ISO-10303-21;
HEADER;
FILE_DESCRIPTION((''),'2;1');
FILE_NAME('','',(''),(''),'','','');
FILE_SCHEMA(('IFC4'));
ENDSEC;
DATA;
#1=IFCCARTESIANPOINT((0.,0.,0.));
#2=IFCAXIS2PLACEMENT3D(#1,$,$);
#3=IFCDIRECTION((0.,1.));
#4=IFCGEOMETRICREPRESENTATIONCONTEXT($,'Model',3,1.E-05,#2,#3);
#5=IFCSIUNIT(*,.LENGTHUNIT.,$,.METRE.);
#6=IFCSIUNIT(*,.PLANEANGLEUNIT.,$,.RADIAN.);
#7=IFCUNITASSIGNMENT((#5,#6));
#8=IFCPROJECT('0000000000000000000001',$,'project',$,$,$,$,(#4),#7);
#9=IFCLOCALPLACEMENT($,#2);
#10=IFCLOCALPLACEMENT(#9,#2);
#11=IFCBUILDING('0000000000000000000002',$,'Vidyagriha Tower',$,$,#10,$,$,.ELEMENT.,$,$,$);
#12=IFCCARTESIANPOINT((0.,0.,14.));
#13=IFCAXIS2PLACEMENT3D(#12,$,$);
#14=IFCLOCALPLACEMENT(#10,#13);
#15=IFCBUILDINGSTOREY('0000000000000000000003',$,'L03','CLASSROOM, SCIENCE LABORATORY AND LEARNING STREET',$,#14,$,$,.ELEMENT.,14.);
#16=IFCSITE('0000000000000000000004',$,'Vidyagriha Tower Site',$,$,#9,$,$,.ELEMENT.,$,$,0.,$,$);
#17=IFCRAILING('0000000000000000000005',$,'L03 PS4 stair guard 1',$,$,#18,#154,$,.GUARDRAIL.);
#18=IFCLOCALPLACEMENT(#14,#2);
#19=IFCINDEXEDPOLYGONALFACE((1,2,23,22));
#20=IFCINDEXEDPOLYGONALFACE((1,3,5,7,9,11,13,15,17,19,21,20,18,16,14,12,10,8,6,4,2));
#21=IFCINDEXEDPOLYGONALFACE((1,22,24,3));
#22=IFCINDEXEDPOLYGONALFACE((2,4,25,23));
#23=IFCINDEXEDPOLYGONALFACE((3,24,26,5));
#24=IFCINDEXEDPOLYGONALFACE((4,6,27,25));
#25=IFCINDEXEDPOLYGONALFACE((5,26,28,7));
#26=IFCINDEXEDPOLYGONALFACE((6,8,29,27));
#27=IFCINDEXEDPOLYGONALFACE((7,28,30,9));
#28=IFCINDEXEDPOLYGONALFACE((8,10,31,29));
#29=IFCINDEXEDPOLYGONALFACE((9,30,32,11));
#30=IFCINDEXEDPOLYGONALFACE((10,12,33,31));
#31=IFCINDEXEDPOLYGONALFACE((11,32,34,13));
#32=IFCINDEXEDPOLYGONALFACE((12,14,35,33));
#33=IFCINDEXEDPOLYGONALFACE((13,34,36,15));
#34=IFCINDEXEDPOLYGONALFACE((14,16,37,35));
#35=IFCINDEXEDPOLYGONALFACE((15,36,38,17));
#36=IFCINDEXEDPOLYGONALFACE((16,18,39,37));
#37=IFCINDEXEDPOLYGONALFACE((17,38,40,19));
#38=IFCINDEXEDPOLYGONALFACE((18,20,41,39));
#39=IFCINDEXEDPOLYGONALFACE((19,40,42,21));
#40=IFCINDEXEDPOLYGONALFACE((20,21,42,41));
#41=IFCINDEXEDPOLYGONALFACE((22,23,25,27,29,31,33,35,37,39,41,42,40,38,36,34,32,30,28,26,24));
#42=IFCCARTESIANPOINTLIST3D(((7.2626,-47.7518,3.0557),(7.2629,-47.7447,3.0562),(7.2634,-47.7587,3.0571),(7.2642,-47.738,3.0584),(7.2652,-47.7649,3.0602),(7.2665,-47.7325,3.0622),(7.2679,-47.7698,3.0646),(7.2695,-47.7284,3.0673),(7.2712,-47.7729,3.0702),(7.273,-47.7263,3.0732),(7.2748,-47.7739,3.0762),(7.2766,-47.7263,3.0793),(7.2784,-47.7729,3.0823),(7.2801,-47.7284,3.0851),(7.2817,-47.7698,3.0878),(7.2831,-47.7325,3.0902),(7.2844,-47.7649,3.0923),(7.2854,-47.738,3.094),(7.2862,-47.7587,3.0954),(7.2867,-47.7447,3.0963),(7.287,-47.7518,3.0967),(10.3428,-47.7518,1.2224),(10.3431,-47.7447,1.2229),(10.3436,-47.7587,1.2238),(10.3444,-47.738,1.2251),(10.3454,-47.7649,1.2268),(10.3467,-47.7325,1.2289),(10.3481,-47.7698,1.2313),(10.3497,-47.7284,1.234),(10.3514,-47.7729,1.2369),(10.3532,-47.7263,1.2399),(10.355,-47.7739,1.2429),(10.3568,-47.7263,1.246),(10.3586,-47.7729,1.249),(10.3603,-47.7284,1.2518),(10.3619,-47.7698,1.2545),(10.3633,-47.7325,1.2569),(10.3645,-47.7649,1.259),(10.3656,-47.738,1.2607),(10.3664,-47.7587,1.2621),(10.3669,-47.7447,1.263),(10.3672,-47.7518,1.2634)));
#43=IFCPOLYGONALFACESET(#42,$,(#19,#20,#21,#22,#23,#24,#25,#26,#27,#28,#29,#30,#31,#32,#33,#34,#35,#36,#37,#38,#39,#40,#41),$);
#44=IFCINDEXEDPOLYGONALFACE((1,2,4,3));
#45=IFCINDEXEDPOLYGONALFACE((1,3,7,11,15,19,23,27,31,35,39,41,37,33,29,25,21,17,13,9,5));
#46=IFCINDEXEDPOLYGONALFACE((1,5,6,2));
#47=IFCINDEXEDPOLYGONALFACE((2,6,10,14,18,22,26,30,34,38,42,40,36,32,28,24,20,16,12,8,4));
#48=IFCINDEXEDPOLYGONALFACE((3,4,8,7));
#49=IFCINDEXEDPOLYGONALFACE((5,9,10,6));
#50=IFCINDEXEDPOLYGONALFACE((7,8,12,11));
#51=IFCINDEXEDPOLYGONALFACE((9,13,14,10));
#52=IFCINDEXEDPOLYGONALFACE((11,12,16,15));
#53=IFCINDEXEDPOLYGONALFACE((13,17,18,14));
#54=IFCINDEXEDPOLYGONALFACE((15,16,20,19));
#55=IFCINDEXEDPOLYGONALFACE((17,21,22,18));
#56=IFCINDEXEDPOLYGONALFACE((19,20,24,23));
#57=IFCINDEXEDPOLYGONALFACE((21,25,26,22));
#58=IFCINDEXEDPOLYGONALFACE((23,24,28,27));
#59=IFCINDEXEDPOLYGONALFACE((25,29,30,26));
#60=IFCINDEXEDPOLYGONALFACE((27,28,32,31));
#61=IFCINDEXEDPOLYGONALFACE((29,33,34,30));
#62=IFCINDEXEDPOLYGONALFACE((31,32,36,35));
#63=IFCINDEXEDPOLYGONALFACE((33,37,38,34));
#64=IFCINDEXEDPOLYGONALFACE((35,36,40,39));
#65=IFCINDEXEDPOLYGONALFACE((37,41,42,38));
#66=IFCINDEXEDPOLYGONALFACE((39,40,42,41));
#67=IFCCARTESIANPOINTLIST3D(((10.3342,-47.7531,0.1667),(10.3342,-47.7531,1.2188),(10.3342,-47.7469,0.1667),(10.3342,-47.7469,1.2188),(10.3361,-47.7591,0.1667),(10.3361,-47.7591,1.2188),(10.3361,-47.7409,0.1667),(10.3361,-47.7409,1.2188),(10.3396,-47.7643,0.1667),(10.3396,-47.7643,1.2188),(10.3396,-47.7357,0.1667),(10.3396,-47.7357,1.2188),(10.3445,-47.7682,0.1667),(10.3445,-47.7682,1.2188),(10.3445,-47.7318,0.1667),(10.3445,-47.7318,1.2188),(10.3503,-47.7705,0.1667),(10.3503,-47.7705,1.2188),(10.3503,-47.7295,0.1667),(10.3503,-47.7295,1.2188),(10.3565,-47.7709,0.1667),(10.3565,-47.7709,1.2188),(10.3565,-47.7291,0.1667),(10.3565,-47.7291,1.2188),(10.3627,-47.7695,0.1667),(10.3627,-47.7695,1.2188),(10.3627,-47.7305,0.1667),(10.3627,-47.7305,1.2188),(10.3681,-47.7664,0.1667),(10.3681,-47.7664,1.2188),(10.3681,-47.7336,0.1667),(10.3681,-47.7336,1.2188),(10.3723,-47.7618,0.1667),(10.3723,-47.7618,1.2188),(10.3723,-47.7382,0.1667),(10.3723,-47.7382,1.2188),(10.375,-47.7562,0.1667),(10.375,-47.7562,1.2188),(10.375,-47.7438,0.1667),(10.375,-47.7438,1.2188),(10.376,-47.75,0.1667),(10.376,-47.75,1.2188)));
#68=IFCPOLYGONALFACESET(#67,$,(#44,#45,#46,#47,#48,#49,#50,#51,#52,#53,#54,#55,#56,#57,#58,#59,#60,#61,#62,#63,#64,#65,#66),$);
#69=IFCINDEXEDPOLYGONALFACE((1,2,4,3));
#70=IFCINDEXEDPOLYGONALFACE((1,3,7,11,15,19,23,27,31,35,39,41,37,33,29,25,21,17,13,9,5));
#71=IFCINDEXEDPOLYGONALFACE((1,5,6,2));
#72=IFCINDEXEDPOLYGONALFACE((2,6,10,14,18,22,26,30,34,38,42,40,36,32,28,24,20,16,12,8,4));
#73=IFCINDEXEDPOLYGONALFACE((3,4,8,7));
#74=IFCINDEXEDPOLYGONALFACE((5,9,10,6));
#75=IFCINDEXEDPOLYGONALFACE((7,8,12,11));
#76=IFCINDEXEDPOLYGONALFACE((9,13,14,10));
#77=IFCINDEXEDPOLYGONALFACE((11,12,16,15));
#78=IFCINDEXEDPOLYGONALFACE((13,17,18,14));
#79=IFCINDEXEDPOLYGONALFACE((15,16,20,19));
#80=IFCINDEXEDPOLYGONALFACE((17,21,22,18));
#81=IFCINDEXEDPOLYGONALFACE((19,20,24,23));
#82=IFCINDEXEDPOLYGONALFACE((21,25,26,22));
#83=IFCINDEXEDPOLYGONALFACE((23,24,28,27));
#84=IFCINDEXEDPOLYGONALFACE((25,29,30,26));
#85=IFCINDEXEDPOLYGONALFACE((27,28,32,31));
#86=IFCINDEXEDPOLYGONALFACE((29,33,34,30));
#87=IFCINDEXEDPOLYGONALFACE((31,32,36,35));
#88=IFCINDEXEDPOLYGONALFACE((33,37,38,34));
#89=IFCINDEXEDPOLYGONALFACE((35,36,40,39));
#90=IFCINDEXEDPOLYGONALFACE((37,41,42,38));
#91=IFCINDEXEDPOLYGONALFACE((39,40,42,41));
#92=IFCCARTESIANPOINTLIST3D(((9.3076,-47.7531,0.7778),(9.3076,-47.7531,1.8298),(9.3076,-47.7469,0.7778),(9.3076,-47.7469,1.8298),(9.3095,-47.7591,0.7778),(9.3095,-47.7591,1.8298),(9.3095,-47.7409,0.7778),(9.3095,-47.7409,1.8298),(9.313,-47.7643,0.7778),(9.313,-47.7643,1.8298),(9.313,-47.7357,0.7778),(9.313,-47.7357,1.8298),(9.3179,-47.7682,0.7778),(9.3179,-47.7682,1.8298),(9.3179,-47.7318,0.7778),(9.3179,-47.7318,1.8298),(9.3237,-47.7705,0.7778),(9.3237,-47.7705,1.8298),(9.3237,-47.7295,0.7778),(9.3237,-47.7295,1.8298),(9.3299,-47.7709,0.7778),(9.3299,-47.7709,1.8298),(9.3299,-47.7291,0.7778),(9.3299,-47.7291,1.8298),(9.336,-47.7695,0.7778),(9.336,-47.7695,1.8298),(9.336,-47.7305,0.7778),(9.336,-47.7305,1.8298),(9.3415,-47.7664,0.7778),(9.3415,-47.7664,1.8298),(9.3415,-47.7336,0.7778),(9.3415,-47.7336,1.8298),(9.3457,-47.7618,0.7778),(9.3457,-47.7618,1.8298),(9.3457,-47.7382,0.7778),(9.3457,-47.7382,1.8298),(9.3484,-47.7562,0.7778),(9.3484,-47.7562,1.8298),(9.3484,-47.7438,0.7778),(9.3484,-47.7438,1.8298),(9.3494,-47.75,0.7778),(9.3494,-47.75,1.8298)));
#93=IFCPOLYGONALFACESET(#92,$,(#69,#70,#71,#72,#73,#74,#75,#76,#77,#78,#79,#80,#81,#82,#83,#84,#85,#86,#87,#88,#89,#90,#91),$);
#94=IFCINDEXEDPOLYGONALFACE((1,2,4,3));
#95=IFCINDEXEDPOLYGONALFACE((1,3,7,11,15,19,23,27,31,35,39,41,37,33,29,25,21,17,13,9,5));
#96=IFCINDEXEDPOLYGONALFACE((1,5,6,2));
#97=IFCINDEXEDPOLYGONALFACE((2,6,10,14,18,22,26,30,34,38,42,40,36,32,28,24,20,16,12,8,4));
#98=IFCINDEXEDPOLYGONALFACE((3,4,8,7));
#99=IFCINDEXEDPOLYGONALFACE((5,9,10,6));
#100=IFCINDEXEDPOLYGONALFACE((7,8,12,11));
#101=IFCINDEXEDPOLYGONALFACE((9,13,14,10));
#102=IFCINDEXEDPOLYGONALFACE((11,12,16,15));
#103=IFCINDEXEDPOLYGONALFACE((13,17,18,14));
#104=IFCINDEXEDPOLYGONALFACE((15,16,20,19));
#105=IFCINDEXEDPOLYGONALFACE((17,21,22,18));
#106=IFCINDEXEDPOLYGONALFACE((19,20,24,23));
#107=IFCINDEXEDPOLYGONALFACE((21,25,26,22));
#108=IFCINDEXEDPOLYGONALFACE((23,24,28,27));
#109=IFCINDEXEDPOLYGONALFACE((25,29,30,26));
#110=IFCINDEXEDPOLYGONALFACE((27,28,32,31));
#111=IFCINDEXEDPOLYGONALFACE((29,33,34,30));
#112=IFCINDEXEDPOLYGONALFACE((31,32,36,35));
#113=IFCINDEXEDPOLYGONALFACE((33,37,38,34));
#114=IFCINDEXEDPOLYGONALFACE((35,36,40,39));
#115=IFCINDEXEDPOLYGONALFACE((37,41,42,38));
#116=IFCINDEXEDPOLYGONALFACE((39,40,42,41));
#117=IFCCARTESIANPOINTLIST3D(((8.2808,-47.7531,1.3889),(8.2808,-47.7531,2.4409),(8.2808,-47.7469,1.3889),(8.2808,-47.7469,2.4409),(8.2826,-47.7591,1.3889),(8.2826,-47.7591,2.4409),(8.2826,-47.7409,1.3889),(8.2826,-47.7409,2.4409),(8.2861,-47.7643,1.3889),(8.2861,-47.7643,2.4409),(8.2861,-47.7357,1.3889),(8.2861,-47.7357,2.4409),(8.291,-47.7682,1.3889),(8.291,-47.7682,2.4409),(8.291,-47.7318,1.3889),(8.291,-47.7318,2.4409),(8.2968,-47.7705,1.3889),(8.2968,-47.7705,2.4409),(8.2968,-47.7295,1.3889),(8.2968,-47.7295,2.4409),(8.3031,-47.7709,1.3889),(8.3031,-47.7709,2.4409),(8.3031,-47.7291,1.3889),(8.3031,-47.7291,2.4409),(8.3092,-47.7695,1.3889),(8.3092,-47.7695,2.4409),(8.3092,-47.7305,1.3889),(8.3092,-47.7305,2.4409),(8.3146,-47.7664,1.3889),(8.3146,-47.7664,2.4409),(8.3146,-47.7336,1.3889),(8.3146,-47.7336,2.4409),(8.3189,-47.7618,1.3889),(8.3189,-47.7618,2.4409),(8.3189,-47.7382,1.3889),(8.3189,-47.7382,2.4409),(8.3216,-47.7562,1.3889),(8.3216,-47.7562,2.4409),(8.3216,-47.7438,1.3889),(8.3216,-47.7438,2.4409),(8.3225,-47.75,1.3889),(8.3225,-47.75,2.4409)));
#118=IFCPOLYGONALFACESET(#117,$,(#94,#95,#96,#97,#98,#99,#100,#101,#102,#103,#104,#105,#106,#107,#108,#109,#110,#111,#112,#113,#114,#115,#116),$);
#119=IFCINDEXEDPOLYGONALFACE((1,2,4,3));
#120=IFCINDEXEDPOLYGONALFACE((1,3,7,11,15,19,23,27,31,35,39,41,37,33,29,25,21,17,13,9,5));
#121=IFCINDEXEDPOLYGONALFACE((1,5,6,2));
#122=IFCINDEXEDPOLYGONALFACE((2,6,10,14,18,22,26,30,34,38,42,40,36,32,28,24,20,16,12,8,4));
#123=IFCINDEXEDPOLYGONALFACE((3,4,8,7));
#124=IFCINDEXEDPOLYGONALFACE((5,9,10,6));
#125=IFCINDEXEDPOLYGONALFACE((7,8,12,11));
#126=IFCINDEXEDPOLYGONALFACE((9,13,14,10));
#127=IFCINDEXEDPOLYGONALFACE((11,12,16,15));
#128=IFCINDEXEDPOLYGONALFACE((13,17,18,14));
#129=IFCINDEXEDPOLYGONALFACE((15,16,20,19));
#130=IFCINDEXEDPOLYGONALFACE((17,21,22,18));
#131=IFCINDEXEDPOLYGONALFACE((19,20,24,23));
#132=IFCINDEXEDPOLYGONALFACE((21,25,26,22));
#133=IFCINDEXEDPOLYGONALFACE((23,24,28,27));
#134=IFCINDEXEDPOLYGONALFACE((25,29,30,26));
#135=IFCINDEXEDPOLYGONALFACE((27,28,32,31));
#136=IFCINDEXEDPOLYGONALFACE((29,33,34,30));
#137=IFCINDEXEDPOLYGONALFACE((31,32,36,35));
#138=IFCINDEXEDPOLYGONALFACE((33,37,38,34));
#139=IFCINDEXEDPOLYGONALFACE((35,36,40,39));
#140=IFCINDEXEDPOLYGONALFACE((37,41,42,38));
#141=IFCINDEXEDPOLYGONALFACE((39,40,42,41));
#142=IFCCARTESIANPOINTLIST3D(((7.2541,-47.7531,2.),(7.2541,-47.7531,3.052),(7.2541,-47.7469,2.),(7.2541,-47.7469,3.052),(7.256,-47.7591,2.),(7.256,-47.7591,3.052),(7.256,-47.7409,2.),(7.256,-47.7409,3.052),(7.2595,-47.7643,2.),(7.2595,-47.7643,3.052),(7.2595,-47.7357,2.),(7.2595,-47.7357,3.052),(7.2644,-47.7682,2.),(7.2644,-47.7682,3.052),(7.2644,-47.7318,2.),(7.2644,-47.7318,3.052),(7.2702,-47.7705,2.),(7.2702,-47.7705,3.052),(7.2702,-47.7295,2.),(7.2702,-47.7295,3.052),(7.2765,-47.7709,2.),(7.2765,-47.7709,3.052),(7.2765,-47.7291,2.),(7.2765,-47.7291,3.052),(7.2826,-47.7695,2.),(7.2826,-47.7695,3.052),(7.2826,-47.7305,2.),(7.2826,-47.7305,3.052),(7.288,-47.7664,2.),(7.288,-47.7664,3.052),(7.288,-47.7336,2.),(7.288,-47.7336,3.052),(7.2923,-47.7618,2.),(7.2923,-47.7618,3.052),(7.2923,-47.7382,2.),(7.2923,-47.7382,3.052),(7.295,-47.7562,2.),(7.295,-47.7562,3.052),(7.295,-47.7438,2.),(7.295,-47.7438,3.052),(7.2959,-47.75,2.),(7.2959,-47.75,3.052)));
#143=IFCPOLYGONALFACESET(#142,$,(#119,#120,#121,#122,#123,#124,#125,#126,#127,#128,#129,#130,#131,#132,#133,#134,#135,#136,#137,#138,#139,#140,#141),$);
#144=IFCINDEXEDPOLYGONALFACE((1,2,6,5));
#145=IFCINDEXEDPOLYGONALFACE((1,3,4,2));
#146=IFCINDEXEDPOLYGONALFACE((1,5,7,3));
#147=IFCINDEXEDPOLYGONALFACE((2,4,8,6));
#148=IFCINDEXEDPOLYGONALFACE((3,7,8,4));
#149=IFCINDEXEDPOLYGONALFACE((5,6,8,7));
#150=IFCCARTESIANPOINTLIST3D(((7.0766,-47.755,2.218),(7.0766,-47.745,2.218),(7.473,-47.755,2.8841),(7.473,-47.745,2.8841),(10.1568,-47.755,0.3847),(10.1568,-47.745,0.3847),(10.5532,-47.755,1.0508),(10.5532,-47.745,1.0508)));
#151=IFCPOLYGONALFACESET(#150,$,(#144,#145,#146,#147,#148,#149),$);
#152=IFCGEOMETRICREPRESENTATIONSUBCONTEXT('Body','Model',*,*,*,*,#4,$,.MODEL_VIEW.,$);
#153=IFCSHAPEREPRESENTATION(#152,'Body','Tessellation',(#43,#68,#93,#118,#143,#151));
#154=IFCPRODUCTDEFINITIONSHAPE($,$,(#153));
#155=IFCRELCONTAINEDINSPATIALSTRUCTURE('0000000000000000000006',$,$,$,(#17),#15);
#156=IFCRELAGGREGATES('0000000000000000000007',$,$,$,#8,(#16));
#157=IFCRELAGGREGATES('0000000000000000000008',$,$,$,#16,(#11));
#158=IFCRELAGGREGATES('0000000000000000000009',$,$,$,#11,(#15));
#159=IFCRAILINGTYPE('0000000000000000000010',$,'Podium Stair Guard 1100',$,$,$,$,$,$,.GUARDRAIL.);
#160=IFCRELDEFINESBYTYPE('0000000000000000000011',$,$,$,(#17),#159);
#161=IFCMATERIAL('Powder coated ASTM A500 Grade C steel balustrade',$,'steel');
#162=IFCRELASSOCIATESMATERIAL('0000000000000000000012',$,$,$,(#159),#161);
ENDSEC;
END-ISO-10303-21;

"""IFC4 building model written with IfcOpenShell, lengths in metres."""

from ifc_helpers import new_model, si_unit, direction, frame, origin, origin_2d, place, context, subcontext, project, spatial, rectangle, circle, extrude, material, type_object, element, save


model = new_model("IFC4")

# Units and contexts
model_context = context("Model", 3, precision=1e-05, world=origin(), true_north=direction((0.0, 1.0)))
body_context = subcontext(model_context, "Body", "Model", "MODEL_VIEW")
ifc_project = project(units=[si_unit("LENGTHUNIT", "METRE"), si_unit("PLANEANGLEUNIT", "RADIAN")], contexts=[model_context])

# Site, building, storey
site_placement = place(None, origin())
site = spatial("IfcSite", under=ifc_project, at=site_placement, Name="Vidyagriha Tower Site", CompositionType="ELEMENT", RefElevation=0.0)
building_placement = place(site_placement, origin())
building = spatial("IfcBuilding", under=site, at=building_placement, Name="Vidyagriha Tower", CompositionType="ELEMENT")
storey_placement = place(building_placement, frame((0.0, 0.0, 14.0)))
storey = spatial("IfcBuildingStorey", under=building, at=storey_placement, Name="L03", Description="CLASSROOM, SCIENCE LABORATORY AND LEARNING STREET", CompositionType="ELEMENT", Elevation=14.0)

# Railing
ifc_material_1 = material(Name="Powder coated ASTM A500 Grade C steel balustrade", Category="steel")
railing_type_1 = type_object("IfcRailingType", Name="Podium Stair Guard 1100", PredefinedType="GUARDRAIL", material=ifc_material_1)
railing_1_placement = place(storey_placement, frame((10.355, -47.75, 0.1667)))
element("IfcRailing", 1, at=railing_1_placement, inside=storey, type_object=railing_type_1, Name="L03 PS4 stair guard 1", PredefinedType="GUARDRAIL", context=body_context, shape_type="SweptSolid", body=[
    extrude(circle(Radius=0.0239, at=origin_2d()), frame((0.0, 0.0, 1.0762), z_axis=(-0.859309, 0.0, 0.511458), x_axis=(0.0, -1.0, 0.0)), (0.0, 0.0, 1.0), 3.5845),
    extrude(circle(Radius=0.021, at=origin_2d()), origin(), (0.0, 0.0, 1.0), 1.052),
    extrude(circle(Radius=0.021, at=origin_2d()), frame((-1.0266, 0.0, 0.6111)), (0.0, 0.0, 1.0), 1.052),
    extrude(circle(Radius=0.021, at=origin_2d()), frame((-2.0535, 0.0, 1.2222)), (0.0, 0.0, 1.0), 1.052),
    extrude(circle(Radius=0.021, at=origin_2d()), frame((-3.0801, 0.0, 1.8333)), (0.0, 0.0, 1.0), 1.052),
    extrude(rectangle(XDim=0.01, YDim=0.7751, at=origin_2d()), frame((0.0, 0.0, 0.551), z_axis=(-0.859309, 0.0, 0.511458), x_axis=(0.0, -1.0, 0.0)), (0.0, 0.0, 1.0), 3.5845),
])

save(model, "model.ifc")
